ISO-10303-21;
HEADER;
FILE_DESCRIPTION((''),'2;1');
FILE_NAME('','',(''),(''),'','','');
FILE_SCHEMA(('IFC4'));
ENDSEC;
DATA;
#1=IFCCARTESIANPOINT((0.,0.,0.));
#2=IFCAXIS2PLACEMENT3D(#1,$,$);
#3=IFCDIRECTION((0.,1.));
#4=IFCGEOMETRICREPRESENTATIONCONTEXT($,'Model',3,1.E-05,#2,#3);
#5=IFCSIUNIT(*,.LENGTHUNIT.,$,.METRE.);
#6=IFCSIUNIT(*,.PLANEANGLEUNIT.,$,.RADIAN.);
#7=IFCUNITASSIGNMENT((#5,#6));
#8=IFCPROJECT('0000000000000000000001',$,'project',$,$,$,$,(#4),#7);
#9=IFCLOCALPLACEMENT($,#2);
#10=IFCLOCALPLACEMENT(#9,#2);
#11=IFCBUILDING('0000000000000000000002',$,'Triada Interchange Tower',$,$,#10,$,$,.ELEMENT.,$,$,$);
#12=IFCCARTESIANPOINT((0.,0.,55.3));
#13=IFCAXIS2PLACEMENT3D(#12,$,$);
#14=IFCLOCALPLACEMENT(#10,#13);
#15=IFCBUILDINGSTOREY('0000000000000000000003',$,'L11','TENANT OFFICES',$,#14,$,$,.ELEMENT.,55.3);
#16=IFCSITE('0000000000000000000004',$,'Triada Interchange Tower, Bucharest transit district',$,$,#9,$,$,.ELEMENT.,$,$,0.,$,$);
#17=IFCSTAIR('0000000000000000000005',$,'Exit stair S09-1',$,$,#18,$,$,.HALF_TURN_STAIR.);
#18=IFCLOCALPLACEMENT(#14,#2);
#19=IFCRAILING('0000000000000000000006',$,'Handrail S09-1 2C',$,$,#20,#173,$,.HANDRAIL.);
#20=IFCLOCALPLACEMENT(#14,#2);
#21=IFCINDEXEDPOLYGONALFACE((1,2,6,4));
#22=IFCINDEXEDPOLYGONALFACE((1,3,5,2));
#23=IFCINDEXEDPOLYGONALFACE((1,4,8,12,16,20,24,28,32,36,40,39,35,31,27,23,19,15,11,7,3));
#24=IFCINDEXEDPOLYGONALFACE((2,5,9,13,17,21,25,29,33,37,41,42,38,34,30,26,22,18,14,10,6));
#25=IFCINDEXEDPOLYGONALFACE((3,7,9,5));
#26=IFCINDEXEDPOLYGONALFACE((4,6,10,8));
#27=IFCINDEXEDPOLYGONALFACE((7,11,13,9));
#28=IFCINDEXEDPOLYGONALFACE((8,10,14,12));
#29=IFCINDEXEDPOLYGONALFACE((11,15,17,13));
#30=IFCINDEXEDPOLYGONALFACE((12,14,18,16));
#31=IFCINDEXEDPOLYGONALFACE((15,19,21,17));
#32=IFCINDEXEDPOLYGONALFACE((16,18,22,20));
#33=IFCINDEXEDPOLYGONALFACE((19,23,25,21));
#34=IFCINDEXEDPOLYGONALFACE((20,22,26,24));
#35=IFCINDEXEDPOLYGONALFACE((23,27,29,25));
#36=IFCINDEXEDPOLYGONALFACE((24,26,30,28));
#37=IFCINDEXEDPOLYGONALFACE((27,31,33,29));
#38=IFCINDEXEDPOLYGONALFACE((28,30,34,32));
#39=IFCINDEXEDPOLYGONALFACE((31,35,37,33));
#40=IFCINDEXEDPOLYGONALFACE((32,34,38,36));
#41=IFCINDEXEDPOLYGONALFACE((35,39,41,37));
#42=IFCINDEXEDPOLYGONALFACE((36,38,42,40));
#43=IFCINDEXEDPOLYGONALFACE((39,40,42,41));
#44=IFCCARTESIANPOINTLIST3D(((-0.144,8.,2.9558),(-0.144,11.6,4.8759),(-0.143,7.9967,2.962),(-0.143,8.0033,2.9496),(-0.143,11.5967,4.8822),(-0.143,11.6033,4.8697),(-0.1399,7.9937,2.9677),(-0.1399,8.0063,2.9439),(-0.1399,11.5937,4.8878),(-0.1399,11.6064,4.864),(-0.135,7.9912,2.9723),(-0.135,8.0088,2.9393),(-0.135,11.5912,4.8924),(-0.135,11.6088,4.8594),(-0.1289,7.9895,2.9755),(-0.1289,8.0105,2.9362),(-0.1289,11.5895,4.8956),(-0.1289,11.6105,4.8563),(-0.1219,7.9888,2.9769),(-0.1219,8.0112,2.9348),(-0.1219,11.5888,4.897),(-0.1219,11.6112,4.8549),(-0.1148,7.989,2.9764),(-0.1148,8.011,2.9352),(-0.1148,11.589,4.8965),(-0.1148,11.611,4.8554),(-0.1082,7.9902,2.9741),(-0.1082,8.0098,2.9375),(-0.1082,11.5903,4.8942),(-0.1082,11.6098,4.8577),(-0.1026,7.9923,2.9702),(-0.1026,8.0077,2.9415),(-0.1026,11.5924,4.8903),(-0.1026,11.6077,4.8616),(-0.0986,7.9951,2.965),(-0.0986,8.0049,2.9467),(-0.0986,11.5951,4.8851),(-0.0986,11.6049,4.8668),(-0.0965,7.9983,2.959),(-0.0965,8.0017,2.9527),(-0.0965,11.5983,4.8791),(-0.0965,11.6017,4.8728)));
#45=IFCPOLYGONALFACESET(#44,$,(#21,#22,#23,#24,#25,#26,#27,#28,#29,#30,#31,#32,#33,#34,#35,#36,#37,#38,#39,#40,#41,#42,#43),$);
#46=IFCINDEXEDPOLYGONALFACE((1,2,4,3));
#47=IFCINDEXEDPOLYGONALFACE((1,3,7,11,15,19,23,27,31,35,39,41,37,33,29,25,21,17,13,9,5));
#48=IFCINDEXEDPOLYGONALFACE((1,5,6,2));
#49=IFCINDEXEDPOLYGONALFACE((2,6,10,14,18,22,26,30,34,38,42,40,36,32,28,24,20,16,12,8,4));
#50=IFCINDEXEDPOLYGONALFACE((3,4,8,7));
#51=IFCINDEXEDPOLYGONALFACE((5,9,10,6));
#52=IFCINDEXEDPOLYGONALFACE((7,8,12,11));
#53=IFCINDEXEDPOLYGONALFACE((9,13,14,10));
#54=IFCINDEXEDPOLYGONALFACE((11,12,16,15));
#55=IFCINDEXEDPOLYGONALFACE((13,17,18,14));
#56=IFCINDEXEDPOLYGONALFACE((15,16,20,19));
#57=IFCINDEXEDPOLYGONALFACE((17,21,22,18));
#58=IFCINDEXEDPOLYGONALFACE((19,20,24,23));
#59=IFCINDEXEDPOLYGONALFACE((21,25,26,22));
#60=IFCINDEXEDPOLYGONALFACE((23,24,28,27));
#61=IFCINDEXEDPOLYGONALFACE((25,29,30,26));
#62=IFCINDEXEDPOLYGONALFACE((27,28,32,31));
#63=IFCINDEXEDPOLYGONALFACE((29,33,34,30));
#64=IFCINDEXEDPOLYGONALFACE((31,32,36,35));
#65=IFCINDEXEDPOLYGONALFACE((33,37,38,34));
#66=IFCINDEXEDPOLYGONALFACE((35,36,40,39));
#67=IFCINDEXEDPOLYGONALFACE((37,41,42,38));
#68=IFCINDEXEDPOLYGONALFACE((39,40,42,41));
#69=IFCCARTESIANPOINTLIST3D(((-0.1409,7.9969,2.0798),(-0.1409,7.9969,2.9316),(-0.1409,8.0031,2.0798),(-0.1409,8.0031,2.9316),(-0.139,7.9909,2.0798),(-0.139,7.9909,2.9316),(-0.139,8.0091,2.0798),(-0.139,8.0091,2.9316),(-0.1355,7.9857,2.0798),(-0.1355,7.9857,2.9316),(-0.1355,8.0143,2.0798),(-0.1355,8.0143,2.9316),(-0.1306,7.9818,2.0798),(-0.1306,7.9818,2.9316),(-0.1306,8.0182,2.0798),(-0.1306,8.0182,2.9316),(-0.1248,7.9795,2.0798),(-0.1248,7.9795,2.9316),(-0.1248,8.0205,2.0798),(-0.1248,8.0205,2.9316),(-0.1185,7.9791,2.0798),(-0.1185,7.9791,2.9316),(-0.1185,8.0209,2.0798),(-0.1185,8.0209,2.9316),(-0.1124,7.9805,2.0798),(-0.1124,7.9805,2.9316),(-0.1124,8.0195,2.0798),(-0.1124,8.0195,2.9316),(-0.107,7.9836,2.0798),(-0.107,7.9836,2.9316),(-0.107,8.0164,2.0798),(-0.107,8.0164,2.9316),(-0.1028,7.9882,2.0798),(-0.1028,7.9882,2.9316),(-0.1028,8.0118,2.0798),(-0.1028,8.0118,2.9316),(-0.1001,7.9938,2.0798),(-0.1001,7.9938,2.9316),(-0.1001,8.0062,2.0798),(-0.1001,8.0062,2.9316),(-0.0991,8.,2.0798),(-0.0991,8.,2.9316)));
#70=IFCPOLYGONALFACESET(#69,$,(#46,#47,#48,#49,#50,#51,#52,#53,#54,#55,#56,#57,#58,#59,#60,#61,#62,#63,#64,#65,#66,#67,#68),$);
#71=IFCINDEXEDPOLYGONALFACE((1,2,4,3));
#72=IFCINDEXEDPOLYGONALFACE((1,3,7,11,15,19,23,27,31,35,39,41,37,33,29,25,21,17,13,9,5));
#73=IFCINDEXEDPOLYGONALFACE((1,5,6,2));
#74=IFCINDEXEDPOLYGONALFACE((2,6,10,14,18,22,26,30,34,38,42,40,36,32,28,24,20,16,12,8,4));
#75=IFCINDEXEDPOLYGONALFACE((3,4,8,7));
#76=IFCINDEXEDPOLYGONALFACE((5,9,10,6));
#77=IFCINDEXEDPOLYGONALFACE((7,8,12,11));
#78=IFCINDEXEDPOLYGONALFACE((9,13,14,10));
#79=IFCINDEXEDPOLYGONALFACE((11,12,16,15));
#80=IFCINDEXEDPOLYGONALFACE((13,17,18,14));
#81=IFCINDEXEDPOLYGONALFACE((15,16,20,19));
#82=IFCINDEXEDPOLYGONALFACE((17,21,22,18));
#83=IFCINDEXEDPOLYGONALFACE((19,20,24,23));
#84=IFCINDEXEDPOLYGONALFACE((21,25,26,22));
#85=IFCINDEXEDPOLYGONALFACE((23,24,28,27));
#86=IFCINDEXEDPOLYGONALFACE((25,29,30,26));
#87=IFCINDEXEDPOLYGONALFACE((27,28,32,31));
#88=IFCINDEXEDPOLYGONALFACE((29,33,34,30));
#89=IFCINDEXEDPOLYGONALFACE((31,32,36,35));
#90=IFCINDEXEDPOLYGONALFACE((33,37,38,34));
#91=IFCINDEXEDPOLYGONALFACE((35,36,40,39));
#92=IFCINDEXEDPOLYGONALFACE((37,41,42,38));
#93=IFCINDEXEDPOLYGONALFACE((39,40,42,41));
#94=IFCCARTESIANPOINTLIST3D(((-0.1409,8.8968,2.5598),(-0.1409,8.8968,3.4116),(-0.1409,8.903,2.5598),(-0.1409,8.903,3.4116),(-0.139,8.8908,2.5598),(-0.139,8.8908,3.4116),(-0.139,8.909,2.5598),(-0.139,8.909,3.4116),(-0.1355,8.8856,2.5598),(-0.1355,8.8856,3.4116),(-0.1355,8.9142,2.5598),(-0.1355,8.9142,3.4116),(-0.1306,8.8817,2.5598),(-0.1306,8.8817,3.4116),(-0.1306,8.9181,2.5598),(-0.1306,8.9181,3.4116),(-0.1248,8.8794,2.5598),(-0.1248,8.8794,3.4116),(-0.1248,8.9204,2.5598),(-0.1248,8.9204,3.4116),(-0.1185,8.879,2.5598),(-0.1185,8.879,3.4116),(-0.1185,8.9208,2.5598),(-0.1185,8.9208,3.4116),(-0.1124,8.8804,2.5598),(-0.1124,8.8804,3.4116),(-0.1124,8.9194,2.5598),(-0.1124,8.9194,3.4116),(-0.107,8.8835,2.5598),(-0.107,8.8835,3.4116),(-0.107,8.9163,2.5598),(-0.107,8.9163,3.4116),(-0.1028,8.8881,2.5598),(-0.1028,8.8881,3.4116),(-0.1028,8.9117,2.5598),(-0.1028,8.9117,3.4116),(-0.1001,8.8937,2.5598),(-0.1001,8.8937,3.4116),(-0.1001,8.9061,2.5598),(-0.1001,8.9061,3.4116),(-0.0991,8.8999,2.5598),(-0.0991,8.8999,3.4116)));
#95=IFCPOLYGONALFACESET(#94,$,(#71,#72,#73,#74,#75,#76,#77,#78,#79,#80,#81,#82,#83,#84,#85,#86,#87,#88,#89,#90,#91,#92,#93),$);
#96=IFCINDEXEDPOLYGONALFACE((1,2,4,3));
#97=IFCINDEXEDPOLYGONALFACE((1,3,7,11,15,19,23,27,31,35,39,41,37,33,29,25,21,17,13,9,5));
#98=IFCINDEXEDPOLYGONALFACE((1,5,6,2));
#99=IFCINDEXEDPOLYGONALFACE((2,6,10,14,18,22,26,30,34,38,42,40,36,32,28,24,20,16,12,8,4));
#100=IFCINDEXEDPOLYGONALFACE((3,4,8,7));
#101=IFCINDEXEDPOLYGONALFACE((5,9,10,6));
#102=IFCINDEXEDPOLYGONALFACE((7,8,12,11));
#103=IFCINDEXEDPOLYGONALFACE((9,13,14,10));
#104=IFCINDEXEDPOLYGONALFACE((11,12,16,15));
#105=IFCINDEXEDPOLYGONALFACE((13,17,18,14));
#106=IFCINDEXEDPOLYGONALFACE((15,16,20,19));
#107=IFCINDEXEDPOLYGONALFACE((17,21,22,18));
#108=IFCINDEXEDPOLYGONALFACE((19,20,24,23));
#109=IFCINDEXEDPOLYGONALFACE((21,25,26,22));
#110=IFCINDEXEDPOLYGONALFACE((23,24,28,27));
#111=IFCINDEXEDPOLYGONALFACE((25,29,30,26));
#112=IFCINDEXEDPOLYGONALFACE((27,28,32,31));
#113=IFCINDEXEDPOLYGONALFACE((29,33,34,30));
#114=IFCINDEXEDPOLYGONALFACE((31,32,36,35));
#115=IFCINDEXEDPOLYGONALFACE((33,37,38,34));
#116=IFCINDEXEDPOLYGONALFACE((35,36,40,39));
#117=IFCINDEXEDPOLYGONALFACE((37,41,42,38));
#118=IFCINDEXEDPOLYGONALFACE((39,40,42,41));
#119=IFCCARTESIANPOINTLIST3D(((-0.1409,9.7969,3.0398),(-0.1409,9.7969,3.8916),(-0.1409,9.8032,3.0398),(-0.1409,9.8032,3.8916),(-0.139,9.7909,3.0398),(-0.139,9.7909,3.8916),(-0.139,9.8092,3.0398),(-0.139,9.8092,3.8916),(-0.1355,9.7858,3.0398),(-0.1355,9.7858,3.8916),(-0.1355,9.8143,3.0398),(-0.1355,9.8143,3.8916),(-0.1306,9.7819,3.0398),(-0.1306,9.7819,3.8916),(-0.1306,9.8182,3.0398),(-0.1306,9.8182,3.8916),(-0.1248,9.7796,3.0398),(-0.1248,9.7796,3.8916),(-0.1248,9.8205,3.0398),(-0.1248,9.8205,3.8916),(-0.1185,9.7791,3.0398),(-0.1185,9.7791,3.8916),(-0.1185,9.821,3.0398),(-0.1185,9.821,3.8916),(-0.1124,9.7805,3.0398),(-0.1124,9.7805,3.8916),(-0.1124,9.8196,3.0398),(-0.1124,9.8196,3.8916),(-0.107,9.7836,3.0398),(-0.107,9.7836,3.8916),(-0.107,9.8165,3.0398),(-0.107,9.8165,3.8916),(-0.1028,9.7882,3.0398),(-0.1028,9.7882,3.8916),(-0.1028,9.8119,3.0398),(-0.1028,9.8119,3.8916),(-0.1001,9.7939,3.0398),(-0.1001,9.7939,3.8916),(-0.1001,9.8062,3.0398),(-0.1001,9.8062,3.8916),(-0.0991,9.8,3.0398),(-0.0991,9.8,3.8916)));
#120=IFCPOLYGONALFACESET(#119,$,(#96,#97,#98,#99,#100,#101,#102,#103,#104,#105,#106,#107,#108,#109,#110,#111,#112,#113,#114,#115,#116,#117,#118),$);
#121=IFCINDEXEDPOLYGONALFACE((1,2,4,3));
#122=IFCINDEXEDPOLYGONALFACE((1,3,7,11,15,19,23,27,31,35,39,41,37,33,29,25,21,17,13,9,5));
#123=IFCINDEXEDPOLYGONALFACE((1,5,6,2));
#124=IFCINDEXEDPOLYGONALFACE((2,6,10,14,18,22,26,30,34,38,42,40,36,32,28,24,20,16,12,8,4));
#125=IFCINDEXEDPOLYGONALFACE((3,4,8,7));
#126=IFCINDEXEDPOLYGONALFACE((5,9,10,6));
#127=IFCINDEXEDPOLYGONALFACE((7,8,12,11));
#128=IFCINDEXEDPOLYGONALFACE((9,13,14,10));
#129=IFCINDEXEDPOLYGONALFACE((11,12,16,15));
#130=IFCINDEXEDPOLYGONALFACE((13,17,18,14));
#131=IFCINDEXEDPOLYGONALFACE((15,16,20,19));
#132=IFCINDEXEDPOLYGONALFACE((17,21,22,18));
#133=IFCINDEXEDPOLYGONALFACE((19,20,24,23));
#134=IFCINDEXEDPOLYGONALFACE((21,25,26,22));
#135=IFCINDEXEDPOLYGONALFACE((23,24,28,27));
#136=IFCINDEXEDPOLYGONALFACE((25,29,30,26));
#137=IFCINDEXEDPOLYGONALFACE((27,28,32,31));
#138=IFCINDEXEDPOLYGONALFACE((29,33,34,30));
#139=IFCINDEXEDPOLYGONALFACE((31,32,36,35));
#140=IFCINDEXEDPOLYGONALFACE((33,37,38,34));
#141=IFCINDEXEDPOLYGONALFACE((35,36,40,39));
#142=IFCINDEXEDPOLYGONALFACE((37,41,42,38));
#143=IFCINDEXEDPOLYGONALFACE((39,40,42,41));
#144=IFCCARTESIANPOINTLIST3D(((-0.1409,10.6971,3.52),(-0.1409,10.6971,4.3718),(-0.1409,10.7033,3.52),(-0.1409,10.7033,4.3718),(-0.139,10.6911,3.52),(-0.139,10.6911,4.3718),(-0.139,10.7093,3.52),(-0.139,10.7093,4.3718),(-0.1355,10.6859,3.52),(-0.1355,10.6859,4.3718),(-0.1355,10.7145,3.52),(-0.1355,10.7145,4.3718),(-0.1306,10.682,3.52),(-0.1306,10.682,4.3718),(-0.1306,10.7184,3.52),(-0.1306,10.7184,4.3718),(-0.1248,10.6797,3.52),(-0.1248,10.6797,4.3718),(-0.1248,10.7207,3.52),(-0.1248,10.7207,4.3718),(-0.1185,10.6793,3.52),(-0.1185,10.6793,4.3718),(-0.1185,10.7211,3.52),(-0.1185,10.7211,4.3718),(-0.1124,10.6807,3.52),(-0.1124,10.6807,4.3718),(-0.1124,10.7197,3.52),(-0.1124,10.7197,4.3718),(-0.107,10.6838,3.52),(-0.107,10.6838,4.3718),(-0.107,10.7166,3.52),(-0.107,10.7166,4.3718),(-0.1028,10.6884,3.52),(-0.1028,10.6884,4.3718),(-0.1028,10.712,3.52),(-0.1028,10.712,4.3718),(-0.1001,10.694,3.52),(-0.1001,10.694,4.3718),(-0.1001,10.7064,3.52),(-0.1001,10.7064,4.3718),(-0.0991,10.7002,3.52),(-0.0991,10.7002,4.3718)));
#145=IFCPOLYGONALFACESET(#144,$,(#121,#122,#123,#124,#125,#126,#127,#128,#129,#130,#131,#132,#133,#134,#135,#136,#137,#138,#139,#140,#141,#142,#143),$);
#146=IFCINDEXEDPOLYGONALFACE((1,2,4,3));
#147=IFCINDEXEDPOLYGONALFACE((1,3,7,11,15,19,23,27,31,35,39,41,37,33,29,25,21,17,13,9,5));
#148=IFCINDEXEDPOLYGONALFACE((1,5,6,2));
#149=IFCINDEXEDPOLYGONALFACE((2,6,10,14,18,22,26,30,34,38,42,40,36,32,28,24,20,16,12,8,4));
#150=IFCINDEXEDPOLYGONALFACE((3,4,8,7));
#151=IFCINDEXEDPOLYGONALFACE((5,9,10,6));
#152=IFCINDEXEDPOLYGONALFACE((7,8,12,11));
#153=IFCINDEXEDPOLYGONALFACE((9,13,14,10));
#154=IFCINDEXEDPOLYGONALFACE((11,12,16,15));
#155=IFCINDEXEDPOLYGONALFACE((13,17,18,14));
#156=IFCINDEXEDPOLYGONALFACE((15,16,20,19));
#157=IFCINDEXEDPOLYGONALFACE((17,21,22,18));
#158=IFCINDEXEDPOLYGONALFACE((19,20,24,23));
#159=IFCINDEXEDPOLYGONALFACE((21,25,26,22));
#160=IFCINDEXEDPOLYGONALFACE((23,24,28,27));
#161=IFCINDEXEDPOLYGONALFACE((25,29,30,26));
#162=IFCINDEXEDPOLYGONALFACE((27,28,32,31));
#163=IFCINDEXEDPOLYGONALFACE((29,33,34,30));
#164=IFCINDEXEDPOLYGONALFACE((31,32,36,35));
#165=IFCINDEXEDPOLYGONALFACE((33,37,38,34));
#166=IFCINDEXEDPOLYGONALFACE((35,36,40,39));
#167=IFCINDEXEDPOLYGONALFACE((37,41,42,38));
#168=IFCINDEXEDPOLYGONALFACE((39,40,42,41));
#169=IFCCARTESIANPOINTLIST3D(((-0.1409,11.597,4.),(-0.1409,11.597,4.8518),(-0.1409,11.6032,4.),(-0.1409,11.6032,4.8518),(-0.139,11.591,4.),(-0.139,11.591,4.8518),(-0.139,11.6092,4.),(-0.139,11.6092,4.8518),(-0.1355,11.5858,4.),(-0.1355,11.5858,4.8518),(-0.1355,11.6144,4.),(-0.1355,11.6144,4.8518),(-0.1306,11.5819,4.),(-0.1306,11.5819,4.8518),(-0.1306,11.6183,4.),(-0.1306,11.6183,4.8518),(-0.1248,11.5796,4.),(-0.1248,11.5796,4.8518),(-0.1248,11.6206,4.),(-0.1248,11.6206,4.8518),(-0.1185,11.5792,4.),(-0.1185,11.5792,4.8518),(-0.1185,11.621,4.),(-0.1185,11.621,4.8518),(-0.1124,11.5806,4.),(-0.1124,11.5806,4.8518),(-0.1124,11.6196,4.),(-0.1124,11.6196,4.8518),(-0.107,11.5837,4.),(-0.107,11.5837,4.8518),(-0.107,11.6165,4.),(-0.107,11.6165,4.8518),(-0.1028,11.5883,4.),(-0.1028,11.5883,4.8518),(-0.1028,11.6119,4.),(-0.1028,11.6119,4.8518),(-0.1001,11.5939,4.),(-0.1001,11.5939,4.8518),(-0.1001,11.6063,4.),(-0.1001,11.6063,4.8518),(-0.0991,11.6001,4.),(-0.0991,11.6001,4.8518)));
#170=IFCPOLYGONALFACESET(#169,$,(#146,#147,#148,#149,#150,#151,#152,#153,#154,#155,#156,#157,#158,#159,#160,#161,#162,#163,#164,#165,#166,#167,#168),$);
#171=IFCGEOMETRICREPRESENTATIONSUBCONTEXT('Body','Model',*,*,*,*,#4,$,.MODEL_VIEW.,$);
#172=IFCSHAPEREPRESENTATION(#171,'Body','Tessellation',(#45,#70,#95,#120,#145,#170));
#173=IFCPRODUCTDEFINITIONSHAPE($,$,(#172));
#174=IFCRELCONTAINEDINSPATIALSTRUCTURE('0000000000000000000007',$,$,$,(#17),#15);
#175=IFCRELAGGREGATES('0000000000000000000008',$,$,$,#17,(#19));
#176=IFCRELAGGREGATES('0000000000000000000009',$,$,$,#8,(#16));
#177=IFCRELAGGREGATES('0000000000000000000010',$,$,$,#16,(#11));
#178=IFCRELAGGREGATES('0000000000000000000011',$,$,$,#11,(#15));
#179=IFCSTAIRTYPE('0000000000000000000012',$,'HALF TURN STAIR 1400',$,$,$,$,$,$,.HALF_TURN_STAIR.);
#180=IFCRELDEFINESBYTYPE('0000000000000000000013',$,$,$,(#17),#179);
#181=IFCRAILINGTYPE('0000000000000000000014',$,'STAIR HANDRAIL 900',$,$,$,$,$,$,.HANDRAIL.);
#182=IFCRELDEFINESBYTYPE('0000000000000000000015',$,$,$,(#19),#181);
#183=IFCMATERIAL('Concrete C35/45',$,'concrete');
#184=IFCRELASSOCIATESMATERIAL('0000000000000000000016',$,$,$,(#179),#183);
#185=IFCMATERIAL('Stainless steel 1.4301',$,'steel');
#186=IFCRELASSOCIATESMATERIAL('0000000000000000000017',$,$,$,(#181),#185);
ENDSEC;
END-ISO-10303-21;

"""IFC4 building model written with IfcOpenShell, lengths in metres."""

from ifc_helpers import new_model, si_unit, direction, frame, origin, origin_2d, place, context, subcontext, project, spatial, circle, extrude, material, type_object, element, aggregate, save


model = new_model("IFC4")

# Units and contexts
model_context = context("Model", 3, precision=1e-05, world=origin(), true_north=direction((0.0, 1.0)))
body_context = subcontext(model_context, "Body", "Model", "MODEL_VIEW")
ifc_project = project(units=[si_unit("LENGTHUNIT", "METRE"), si_unit("PLANEANGLEUNIT", "RADIAN")], contexts=[model_context])

# Site, building, storey
site_placement = place(None, origin())
site = spatial("IfcSite", under=ifc_project, at=site_placement, Name="Triada Interchange Tower, Bucharest transit district", CompositionType="ELEMENT", RefElevation=0.0)
building_placement = place(site_placement, origin())
building = spatial("IfcBuilding", under=site, at=building_placement, Name="Triada Interchange Tower", CompositionType="ELEMENT")
storey_placement = place(building_placement, frame((0.0, 0.0, 55.3)))
storey = spatial("IfcBuildingStorey", under=building, at=storey_placement, Name="L11", Description="TENANT OFFICES", CompositionType="ELEMENT", Elevation=55.3)

# Stair
ifc_material_1 = material(Name="Concrete C35/45", Category="concrete")
stair_type = type_object("IfcStairType", Name="HALF TURN STAIR 1400", PredefinedType="HALF_TURN_STAIR", material=ifc_material_1)
stair_placement = place(storey_placement, origin())
stair = element("IfcStair", 1, at=stair_placement, inside=storey, type_object=stair_type, Name="Exit stair S09-1", PredefinedType="HALF_TURN_STAIR")

# Railing
ifc_material_2 = material(Name="Stainless steel 1.4301", Category="steel")
railing_type = type_object("IfcRailingType", Name="STAIR HANDRAIL 900", PredefinedType="HANDRAIL", material=ifc_material_2)
railing_1_placement = place(storey_placement, frame((-0.1201, 8.0, 2.0798)))
railing_1 = element("IfcRailing", 2, at=railing_1_placement, type_object=railing_type, Name="Handrail S09-1 2C", PredefinedType="HANDRAIL", context=body_context, shape_type="SweptSolid", body=[
    extrude(circle(Radius=0.0239, at=origin_2d()), frame((0.0, 0.0, 0.876), z_axis=(0.0, 0.882341, 0.47061), x_axis=(-1.0, 0.0, 0.0)), (0.0, 0.0, 1.0), 4.0801),
    extrude(circle(Radius=0.021, at=origin_2d()), origin(), (0.0, 0.0, 1.0), 0.8518),
    extrude(circle(Radius=0.021, at=origin_2d()), frame((0.0, 0.8999, 0.48)), (0.0, 0.0, 1.0), 0.8518),
    extrude(circle(Radius=0.021, at=origin_2d()), frame((0.0, 1.8, 0.96)), (0.0, 0.0, 1.0), 0.8518),
    extrude(circle(Radius=0.021, at=origin_2d()), frame((0.0, 2.7002, 1.4402)), (0.0, 0.0, 1.0), 0.8518),
    extrude(circle(Radius=0.021, at=origin_2d()), frame((0.0, 3.6001, 1.9202)), (0.0, 0.0, 1.0), 0.8518),
])
aggregate(stair, [railing_1])

save(model, "model.ifc")
